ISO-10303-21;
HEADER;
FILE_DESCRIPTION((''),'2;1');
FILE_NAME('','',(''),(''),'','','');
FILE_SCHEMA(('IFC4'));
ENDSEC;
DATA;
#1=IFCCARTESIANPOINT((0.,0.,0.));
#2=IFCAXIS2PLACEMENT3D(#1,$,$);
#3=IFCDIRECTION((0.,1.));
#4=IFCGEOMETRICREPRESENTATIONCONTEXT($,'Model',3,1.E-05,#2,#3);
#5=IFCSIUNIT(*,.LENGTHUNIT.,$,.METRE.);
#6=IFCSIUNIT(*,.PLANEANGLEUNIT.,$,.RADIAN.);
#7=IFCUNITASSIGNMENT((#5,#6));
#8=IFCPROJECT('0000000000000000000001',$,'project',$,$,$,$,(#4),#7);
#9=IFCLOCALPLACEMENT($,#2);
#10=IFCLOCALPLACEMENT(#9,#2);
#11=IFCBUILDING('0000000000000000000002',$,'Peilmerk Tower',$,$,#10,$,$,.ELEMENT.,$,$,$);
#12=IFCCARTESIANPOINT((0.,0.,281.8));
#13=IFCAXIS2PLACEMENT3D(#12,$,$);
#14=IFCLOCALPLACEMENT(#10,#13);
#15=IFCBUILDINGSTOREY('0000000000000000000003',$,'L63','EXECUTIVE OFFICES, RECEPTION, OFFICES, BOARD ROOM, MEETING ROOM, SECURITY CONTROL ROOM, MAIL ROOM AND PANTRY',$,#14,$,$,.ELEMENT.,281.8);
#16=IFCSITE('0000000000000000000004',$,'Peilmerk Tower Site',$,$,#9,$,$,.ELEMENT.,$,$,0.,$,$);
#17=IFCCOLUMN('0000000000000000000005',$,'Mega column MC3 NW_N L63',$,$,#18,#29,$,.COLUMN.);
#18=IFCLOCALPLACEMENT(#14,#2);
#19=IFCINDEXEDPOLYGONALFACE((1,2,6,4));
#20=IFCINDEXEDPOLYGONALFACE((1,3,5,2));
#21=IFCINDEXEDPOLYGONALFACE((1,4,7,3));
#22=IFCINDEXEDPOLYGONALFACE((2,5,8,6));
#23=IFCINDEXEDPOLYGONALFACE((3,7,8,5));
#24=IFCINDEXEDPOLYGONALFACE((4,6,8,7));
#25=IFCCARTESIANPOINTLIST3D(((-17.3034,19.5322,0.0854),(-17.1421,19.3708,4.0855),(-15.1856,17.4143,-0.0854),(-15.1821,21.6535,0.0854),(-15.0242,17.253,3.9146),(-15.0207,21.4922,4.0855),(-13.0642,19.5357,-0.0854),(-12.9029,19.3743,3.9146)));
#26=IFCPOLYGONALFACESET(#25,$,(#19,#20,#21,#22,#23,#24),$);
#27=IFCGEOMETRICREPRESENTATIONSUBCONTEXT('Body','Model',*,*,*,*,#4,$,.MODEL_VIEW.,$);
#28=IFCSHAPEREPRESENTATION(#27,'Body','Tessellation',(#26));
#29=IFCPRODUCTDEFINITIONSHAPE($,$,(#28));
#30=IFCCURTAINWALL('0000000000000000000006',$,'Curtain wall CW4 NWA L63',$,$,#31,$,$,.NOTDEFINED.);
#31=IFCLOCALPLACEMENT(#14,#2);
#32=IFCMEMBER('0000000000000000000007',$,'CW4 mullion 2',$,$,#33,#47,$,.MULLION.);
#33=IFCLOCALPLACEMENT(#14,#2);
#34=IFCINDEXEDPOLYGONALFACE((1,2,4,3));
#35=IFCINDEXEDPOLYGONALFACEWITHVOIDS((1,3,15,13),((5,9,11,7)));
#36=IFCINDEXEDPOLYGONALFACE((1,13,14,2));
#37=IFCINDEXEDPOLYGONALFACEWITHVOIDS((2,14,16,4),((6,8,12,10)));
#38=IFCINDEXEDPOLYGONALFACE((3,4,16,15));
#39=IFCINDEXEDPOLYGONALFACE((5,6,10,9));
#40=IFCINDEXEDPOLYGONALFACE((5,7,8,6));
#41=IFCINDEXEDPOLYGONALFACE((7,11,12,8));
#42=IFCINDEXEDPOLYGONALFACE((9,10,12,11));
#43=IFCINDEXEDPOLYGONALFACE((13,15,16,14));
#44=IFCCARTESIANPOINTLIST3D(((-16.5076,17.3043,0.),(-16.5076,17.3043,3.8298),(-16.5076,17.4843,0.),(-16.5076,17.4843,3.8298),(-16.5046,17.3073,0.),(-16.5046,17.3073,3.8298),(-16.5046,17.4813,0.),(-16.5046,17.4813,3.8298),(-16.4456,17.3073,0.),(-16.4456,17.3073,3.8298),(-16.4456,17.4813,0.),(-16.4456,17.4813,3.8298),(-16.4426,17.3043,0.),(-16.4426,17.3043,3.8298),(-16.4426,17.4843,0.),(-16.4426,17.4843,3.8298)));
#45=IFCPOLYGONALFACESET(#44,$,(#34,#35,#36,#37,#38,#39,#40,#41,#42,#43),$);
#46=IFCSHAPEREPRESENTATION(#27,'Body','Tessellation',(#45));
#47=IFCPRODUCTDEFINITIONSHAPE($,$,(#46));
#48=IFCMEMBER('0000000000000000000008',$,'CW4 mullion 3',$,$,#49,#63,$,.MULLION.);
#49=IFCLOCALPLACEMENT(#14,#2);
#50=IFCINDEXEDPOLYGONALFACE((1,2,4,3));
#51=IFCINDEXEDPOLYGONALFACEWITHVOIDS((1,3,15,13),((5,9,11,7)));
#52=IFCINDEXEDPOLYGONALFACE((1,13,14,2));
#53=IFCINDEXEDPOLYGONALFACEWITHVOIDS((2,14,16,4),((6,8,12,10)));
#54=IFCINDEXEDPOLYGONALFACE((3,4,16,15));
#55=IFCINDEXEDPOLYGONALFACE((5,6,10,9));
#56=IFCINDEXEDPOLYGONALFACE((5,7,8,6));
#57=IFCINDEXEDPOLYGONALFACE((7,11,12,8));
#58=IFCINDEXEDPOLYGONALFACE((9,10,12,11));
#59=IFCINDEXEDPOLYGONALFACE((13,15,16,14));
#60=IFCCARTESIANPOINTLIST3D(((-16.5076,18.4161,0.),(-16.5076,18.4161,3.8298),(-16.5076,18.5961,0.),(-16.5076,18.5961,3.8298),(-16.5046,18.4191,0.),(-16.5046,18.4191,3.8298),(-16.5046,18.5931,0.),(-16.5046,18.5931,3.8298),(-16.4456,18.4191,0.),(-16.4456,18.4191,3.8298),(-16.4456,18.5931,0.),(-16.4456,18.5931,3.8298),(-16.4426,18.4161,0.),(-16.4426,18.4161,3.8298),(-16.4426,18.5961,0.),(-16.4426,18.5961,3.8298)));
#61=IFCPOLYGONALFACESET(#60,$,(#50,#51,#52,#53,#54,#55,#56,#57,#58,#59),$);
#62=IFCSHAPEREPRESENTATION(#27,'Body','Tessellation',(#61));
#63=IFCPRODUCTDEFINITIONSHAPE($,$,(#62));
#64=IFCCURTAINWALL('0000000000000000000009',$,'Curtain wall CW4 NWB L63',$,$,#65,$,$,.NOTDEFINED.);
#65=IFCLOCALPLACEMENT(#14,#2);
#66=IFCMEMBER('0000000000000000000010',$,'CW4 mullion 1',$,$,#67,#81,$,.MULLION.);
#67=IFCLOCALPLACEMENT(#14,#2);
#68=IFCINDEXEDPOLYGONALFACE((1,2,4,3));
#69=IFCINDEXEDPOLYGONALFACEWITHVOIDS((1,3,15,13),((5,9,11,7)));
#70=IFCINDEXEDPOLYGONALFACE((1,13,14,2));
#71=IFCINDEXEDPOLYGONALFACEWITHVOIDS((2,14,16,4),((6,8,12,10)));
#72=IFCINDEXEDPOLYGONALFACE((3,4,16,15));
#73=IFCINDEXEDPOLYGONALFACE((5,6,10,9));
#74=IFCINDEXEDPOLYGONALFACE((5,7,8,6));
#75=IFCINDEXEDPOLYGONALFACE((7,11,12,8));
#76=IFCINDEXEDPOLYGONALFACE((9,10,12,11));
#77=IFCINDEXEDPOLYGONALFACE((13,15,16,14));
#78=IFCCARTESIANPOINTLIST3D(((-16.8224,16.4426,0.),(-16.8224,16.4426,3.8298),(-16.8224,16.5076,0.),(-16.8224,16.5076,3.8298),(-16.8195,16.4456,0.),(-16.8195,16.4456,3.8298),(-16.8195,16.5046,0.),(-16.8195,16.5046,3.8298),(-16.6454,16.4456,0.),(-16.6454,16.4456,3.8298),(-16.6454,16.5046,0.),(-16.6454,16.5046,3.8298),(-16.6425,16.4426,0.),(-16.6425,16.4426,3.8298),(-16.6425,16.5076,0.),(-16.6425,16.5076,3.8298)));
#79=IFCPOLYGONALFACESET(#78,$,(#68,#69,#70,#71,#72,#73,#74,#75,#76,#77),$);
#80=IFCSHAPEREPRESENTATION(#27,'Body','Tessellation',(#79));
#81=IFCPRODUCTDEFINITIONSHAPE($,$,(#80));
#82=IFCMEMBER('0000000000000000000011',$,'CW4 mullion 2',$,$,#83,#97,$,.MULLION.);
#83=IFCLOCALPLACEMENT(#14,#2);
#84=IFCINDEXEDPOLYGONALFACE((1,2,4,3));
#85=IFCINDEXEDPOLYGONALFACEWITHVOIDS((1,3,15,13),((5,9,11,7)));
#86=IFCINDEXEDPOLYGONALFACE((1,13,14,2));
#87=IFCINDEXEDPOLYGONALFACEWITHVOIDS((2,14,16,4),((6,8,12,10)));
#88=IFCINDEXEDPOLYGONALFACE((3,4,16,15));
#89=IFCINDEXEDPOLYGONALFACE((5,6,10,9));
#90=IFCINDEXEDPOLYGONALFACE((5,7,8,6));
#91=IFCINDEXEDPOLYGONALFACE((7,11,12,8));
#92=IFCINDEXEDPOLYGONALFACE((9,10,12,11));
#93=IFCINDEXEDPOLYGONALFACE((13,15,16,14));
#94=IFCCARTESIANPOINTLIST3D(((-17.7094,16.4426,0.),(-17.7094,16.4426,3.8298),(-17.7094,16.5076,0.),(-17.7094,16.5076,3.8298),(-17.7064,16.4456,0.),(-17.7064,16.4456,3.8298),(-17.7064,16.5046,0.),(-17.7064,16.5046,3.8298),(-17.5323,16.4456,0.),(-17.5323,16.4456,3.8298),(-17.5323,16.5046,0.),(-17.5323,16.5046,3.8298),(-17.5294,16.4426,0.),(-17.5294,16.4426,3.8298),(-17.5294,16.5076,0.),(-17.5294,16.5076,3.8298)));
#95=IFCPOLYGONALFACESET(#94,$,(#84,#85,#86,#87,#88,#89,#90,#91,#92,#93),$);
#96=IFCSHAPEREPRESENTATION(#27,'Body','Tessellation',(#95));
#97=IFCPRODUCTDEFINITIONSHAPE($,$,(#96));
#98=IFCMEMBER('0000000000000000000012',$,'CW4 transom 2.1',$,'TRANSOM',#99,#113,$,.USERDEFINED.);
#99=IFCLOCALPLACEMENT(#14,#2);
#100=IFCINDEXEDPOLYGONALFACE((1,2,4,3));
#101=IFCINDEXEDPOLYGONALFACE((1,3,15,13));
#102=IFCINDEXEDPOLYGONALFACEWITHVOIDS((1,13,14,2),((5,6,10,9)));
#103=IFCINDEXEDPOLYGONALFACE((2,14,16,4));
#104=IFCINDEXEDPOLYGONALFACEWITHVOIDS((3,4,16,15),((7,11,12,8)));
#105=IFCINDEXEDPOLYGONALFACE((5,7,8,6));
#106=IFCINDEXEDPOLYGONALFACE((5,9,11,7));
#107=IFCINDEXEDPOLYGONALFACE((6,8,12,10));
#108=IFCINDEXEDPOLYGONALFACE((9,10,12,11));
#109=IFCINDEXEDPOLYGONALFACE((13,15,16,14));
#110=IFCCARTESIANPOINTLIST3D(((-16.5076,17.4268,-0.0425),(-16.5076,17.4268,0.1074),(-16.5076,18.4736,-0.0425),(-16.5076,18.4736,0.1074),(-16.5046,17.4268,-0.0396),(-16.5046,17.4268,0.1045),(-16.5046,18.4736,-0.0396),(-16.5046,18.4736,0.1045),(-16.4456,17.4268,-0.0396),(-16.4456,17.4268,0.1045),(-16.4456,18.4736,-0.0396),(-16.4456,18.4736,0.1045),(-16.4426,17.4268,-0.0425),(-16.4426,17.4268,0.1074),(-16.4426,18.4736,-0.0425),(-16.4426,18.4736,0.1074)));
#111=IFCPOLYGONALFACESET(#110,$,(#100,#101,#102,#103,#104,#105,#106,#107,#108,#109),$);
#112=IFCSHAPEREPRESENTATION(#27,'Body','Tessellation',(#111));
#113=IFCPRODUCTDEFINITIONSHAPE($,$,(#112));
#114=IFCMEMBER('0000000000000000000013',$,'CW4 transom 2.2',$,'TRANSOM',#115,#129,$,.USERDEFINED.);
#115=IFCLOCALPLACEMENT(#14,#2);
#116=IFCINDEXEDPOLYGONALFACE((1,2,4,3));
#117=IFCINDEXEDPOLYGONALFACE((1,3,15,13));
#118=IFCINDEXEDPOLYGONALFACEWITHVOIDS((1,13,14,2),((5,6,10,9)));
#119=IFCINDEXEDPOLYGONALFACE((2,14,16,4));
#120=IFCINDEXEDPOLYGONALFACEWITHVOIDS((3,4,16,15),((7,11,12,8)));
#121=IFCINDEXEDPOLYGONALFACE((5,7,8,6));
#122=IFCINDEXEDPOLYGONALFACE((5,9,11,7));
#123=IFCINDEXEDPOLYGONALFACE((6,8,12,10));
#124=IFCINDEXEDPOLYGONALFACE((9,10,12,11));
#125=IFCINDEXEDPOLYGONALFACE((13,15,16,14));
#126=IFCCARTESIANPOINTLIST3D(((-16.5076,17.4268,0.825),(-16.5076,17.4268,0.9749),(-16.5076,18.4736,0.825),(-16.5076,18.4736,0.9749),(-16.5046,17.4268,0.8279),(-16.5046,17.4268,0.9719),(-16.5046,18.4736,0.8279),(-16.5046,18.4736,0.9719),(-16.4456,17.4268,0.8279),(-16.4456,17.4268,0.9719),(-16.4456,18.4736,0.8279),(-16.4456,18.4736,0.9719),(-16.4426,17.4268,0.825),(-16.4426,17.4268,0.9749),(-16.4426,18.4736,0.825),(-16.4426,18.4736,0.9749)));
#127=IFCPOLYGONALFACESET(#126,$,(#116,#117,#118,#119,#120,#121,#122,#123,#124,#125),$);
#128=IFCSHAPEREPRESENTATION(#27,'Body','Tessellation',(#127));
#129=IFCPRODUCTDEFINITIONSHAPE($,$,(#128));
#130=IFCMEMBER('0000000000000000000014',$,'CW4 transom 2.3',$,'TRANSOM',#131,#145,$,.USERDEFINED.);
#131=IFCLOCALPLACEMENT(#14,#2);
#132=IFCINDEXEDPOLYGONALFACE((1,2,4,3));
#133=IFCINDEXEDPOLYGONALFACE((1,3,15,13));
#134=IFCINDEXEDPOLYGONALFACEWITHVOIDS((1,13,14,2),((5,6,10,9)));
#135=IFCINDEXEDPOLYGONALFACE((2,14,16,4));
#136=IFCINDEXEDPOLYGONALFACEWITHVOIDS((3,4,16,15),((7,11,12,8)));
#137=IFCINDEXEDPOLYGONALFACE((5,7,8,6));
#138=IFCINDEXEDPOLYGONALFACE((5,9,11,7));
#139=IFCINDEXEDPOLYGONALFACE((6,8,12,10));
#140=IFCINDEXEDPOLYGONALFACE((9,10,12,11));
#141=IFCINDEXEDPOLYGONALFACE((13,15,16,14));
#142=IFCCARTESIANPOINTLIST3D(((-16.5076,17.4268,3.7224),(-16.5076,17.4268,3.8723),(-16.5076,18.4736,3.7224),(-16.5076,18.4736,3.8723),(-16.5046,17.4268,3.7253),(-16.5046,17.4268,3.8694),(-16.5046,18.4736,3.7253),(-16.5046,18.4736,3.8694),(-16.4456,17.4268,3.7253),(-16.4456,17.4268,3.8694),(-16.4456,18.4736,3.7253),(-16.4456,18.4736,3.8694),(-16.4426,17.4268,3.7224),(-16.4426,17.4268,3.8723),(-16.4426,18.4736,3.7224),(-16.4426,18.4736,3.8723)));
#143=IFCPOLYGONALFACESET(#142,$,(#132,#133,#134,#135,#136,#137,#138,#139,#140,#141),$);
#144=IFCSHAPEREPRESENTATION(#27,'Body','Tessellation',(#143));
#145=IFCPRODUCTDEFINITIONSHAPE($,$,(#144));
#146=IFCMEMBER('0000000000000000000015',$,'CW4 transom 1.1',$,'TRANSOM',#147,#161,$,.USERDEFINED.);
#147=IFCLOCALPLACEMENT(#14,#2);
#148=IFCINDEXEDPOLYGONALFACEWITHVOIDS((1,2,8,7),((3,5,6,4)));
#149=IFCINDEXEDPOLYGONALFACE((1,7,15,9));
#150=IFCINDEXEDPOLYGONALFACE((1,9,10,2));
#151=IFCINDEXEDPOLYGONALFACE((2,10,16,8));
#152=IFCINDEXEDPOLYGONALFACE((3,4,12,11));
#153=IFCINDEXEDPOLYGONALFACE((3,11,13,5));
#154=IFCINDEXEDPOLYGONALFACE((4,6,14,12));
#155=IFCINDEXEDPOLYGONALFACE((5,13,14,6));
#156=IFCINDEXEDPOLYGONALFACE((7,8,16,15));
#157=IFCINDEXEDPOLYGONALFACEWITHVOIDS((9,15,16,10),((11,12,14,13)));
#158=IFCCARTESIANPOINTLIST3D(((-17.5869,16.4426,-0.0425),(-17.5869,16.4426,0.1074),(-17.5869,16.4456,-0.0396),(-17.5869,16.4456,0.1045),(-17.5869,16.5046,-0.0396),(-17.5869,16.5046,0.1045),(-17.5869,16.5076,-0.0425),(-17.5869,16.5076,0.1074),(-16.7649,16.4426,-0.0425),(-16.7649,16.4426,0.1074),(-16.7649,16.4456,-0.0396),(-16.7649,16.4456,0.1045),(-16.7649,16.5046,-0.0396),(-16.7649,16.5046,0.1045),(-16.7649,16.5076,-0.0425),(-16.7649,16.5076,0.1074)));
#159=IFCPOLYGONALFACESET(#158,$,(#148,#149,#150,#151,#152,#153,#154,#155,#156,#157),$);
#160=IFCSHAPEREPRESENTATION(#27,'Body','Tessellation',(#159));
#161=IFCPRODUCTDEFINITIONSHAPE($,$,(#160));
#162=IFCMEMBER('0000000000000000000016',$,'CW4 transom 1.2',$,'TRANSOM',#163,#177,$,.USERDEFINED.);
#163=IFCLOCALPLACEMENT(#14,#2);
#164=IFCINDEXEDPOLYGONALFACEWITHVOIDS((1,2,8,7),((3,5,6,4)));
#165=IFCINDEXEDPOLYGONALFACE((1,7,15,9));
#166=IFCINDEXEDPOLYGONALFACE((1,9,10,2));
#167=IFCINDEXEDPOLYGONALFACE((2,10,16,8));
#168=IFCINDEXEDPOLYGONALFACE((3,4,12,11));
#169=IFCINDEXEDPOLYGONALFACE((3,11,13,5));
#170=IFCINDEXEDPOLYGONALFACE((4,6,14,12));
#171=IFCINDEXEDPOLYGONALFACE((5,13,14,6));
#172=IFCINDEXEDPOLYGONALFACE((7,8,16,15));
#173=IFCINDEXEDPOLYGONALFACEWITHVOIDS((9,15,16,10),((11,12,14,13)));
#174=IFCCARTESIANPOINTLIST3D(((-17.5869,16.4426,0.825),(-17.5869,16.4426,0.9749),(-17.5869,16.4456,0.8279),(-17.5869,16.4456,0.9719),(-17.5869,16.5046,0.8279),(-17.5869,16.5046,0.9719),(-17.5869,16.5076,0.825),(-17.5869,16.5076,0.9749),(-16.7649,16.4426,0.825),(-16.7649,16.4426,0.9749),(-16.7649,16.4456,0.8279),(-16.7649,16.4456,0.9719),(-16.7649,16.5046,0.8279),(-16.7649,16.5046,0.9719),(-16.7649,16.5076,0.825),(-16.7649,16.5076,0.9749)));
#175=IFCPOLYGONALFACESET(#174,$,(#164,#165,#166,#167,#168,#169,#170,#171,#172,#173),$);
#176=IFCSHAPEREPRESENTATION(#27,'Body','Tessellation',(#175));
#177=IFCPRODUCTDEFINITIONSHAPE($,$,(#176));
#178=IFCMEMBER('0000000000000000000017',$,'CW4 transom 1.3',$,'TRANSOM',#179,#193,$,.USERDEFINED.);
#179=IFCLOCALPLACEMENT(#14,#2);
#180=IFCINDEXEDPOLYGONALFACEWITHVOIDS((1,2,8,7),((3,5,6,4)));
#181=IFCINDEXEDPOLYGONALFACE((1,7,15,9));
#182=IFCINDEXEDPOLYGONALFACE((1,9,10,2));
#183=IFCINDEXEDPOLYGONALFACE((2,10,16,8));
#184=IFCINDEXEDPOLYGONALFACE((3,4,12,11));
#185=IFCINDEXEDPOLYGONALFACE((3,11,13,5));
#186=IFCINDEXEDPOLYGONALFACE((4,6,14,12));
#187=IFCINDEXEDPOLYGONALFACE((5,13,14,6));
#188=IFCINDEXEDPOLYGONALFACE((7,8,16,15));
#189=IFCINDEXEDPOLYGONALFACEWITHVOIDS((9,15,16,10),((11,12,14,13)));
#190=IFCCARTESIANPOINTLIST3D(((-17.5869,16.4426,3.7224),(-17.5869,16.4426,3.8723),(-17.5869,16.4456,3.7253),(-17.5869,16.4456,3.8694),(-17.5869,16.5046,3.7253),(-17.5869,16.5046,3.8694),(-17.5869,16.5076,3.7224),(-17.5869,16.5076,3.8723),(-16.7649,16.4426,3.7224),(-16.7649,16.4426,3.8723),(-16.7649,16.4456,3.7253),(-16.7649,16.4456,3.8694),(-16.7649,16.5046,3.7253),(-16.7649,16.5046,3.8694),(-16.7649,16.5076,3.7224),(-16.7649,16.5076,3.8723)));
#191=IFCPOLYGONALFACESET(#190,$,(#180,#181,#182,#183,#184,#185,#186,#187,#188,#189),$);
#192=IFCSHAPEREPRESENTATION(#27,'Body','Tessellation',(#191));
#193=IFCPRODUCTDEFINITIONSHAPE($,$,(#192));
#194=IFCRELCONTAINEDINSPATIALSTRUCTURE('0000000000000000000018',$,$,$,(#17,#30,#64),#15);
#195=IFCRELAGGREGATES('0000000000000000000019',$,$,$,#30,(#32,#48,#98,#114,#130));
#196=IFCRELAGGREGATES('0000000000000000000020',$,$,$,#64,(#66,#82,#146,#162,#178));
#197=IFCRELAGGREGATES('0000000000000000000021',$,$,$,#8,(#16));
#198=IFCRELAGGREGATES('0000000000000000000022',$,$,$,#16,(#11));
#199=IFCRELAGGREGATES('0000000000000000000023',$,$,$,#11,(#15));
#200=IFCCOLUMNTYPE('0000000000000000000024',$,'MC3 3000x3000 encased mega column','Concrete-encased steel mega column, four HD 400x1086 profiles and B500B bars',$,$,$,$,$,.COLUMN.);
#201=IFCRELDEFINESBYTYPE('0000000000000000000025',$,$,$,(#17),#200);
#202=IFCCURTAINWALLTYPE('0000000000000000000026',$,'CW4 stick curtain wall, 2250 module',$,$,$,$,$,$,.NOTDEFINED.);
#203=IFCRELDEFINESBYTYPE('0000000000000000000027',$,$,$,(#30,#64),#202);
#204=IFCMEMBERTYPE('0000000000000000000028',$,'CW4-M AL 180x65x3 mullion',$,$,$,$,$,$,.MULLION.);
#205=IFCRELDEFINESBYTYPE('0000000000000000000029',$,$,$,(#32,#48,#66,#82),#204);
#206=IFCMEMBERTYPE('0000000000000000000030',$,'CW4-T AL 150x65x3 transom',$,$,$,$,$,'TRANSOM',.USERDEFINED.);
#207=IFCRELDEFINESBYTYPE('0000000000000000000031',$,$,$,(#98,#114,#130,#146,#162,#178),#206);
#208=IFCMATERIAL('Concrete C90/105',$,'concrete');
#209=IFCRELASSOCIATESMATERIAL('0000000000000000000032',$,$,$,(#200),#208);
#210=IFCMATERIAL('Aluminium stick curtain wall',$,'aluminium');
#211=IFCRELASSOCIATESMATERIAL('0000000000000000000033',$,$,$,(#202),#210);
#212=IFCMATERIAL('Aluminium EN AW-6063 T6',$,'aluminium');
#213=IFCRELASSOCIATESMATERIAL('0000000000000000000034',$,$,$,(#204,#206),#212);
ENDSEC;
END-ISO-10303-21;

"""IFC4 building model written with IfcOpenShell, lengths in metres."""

from ifc_helpers import new_model, si_unit, direction, frame, origin, origin_2d, place, context, subcontext, project, spatial, rectangle, hollow_rectangle, extrude, material, material_profile, profile_set, type_object, element, aggregate, save


model = new_model("IFC4")

# Units and contexts
model_context = context("Model", 3, precision=1e-05, world=origin(), true_north=direction((0.0, 1.0)))
body_context = subcontext(model_context, "Body", "Model", "MODEL_VIEW")
ifc_project = project(units=[si_unit("LENGTHUNIT", "METRE"), si_unit("PLANEANGLEUNIT", "RADIAN")], contexts=[model_context])

# Site, building, storey
site_placement = place(None, origin())
site = spatial("IfcSite", under=ifc_project, at=site_placement, Name="Peilmerk Tower Site", CompositionType="ELEMENT", RefElevation=0.0)
building_placement = place(site_placement, origin())
building = spatial("IfcBuilding", under=site, at=building_placement, Name="Peilmerk Tower", CompositionType="ELEMENT")
storey_placement = place(building_placement, frame((0.0, 0.0, 281.8)))
storey = spatial("IfcBuildingStorey", under=building, at=storey_placement, Name="L63", Description="EXECUTIVE OFFICES, RECEPTION, OFFICES, BOARD ROOM, MEETING ROOM, SECURITY CONTROL ROOM, MAIL ROOM AND PANTRY", CompositionType="ELEMENT", Elevation=281.8)

# Column
ifc_material_1 = material(Name="Concrete C90/105", Category="concrete")
ifc_material_profile_1 = material_profile(ifc_material_1, rectangle(XDim=3.0, YDim=3.0, at=origin_2d()), Name="RC 3000x3000")
ifc_profile_set_1 = profile_set([ifc_material_profile_1], Name="Concrete C90/105")
column_type = type_object("IfcColumnType", Name="MC3 3000x3000 encased mega column", Description="Concrete-encased steel mega column, four HD 400x1086 profiles and B500B bars", PredefinedType="COLUMN", material=ifc_profile_set_1)
column_placement = place(storey_placement, frame((-15.1838, 19.5339, 0.0), z_axis=(0.040279, -0.040279, 0.998376), x_axis=(0.707107, 0.707107, 0.0)))
element("IfcColumn", 1, at=column_placement, inside=storey, type_object=column_type, Name="Mega column MC3 NW_N L63", PredefinedType="COLUMN", context=body_context, shape_type="SweptSolid", body=[
    extrude(rectangle(XDim=3.0, YDim=3.0, at=origin_2d()), origin(), (0.0, 0.0, 1.0), 4.0066),
])

# Curtain walls, members
ifc_material_2 = material(Name="Aluminium stick curtain wall", Category="aluminium")
curtain_wall_type = type_object("IfcCurtainWallType", Name="CW4 stick curtain wall, 2250 module", PredefinedType="NOTDEFINED", material=ifc_material_2)
curtain_wall_1_placement = place(storey_placement, origin())
curtain_wall_1 = element("IfcCurtainWall", 2, at=curtain_wall_1_placement, inside=storey, type_object=curtain_wall_type, Name="Curtain wall CW4 NWA L63", PredefinedType="NOTDEFINED")
ifc_material_3 = material(Name="Aluminium EN AW-6063 T6", Category="aluminium")
ifc_material_profile_2 = material_profile(ifc_material_3, hollow_rectangle(XDim=0.0649, YDim=0.1799, WallThickness=0.0029, at=origin_2d()), Name="AL 180x65x3")
ifc_profile_set_2 = profile_set([ifc_material_profile_2], Name="Aluminium EN AW-6063 T6")
member_type_1 = type_object("IfcMemberType", Name="CW4-M AL 180x65x3 mullion", PredefinedType="MULLION", material=ifc_profile_set_2)
member_1_placement = place(storey_placement, frame((-16.4751, 17.3943, 0.0), z_axis=(0.0, 0.0, 1.0), x_axis=(-1.0, 0.0, 0.0)))
member_1 = element("IfcMember", 3, at=member_1_placement, type_object=member_type_1, Name="CW4 mullion 2", PredefinedType="MULLION", context=body_context, shape_type="SweptSolid", body=[
    extrude(hollow_rectangle(XDim=0.0649, YDim=0.1799, WallThickness=0.0029, at=origin_2d()), origin(), (0.0, 0.0, 1.0), 3.8298),
])
member_2_placement = place(storey_placement, frame((-16.4751, 18.5061, 0.0), z_axis=(0.0, 0.0, 1.0), x_axis=(-1.0, 0.0, 0.0)))
member_2 = element("IfcMember", 4, at=member_2_placement, type_object=member_type_1, Name="CW4 mullion 3", PredefinedType="MULLION", context=body_context, shape_type="SweptSolid", body=[
    extrude(hollow_rectangle(XDim=0.0649, YDim=0.1799, WallThickness=0.0029, at=origin_2d()), origin(), (0.0, 0.0, 1.0), 3.8298),
])
curtain_wall_2_placement = place(storey_placement, origin())
curtain_wall_2 = element("IfcCurtainWall", 5, at=curtain_wall_2_placement, inside=storey, type_object=curtain_wall_type, Name="Curtain wall CW4 NWB L63", PredefinedType="NOTDEFINED")
member_3_placement = place(storey_placement, frame((-16.7324, 16.4751, 0.0), z_axis=(0.0, 0.0, 1.0), x_axis=(0.0, -1.0, 0.0)))
member_3 = element("IfcMember", 6, at=member_3_placement, type_object=member_type_1, Name="CW4 mullion 1", PredefinedType="MULLION", context=body_context, shape_type="SweptSolid", body=[
    extrude(hollow_rectangle(XDim=0.0649, YDim=0.1799, WallThickness=0.0029, at=origin_2d()), origin(), (0.0, 0.0, 1.0), 3.8298),
])
member_4_placement = place(storey_placement, frame((-17.6194, 16.4751, 0.0), z_axis=(0.0, 0.0, 1.0), x_axis=(0.0, -1.0, 0.0)))
member_4 = element("IfcMember", 7, at=member_4_placement, type_object=member_type_1, Name="CW4 mullion 2", PredefinedType="MULLION", context=body_context, shape_type="SweptSolid", body=[
    extrude(hollow_rectangle(XDim=0.0649, YDim=0.1799, WallThickness=0.0029, at=origin_2d()), origin(), (0.0, 0.0, 1.0), 3.8298),
])

# Members
ifc_material_profile_3 = material_profile(ifc_material_3, hollow_rectangle(XDim=0.0649, YDim=0.1499, WallThickness=0.0029, at=origin_2d()), Name="AL 150x65x3")
ifc_profile_set_3 = profile_set([ifc_material_profile_3], Name="Aluminium EN AW-6063 T6")
member_type_2 = type_object("IfcMemberType", Name="CW4-T AL 150x65x3 transom", ElementType="TRANSOM", PredefinedType="USERDEFINED", material=ifc_profile_set_3)
member_5_placement = place(storey_placement, frame((-16.4751, 17.4268, 0.0325), z_axis=(0.0, 1.0, 0.0), x_axis=(-1.0, 0.0, 0.0)))
member_5 = element("IfcMember", 8, at=member_5_placement, type_object=member_type_2, Name="CW4 transom 2.1", ObjectType="TRANSOM", PredefinedType="USERDEFINED", context=body_context, shape_type="SweptSolid", body=[
    extrude(hollow_rectangle(XDim=0.0649, YDim=0.1499, WallThickness=0.0029, at=origin_2d()), origin(), (0.0, 0.0, 1.0), 1.0469),
])
member_6_placement = place(storey_placement, frame((-16.4751, 17.4268, 0.8999), z_axis=(0.0, 1.0, 0.0), x_axis=(-1.0, 0.0, 0.0)))
member_6 = element("IfcMember", 9, at=member_6_placement, type_object=member_type_2, Name="CW4 transom 2.2", ObjectType="TRANSOM", PredefinedType="USERDEFINED", context=body_context, shape_type="SweptSolid", body=[
    extrude(hollow_rectangle(XDim=0.0649, YDim=0.1499, WallThickness=0.0029, at=origin_2d()), origin(), (0.0, 0.0, 1.0), 1.0469),
])
member_7_placement = place(storey_placement, frame((-16.4751, 17.4268, 3.7974), z_axis=(0.0, 1.0, 0.0), x_axis=(-1.0, 0.0, 0.0)))
member_7 = element("IfcMember", 10, at=member_7_placement, type_object=member_type_2, Name="CW4 transom 2.3", ObjectType="TRANSOM", PredefinedType="USERDEFINED", context=body_context, shape_type="SweptSolid", body=[
    extrude(hollow_rectangle(XDim=0.0649, YDim=0.1499, WallThickness=0.0029, at=origin_2d()), origin(), (0.0, 0.0, 1.0), 1.0469),
])
member_8_placement = place(storey_placement, frame((-16.7649, 16.4751, 0.0325), z_axis=(-1.0, 0.0, 0.0), x_axis=(0.0, -1.0, 0.0)))
member_8 = element("IfcMember", 11, at=member_8_placement, type_object=member_type_2, Name="CW4 transom 1.1", ObjectType="TRANSOM", PredefinedType="USERDEFINED", context=body_context, shape_type="SweptSolid", body=[
    extrude(hollow_rectangle(XDim=0.0649, YDim=0.1499, WallThickness=0.0029, at=origin_2d()), origin(), (0.0, 0.0, 1.0), 0.822),
])
member_9_placement = place(storey_placement, frame((-16.7649, 16.4751, 0.8999), z_axis=(-1.0, 0.0, 0.0), x_axis=(0.0, -1.0, 0.0)))
member_9 = element("IfcMember", 12, at=member_9_placement, type_object=member_type_2, Name="CW4 transom 1.2", ObjectType="TRANSOM", PredefinedType="USERDEFINED", context=body_context, shape_type="SweptSolid", body=[
    extrude(hollow_rectangle(XDim=0.0649, YDim=0.1499, WallThickness=0.0029, at=origin_2d()), origin(), (0.0, 0.0, 1.0), 0.822),
])
member_10_placement = place(storey_placement, frame((-16.7649, 16.4751, 3.7974), z_axis=(-1.0, 0.0, 0.0), x_axis=(0.0, -1.0, 0.0)))
member_10 = element("IfcMember", 13, at=member_10_placement, type_object=member_type_2, Name="CW4 transom 1.3", ObjectType="TRANSOM", PredefinedType="USERDEFINED", context=body_context, shape_type="SweptSolid", body=[
    extrude(hollow_rectangle(XDim=0.0649, YDim=0.1499, WallThickness=0.0029, at=origin_2d()), origin(), (0.0, 0.0, 1.0), 0.822),
])

aggregate(curtain_wall_1, [member_1, member_2, member_5, member_6, member_7])
aggregate(curtain_wall_2, [member_3, member_4, member_8, member_9, member_10])

save(model, "model.ifc")
